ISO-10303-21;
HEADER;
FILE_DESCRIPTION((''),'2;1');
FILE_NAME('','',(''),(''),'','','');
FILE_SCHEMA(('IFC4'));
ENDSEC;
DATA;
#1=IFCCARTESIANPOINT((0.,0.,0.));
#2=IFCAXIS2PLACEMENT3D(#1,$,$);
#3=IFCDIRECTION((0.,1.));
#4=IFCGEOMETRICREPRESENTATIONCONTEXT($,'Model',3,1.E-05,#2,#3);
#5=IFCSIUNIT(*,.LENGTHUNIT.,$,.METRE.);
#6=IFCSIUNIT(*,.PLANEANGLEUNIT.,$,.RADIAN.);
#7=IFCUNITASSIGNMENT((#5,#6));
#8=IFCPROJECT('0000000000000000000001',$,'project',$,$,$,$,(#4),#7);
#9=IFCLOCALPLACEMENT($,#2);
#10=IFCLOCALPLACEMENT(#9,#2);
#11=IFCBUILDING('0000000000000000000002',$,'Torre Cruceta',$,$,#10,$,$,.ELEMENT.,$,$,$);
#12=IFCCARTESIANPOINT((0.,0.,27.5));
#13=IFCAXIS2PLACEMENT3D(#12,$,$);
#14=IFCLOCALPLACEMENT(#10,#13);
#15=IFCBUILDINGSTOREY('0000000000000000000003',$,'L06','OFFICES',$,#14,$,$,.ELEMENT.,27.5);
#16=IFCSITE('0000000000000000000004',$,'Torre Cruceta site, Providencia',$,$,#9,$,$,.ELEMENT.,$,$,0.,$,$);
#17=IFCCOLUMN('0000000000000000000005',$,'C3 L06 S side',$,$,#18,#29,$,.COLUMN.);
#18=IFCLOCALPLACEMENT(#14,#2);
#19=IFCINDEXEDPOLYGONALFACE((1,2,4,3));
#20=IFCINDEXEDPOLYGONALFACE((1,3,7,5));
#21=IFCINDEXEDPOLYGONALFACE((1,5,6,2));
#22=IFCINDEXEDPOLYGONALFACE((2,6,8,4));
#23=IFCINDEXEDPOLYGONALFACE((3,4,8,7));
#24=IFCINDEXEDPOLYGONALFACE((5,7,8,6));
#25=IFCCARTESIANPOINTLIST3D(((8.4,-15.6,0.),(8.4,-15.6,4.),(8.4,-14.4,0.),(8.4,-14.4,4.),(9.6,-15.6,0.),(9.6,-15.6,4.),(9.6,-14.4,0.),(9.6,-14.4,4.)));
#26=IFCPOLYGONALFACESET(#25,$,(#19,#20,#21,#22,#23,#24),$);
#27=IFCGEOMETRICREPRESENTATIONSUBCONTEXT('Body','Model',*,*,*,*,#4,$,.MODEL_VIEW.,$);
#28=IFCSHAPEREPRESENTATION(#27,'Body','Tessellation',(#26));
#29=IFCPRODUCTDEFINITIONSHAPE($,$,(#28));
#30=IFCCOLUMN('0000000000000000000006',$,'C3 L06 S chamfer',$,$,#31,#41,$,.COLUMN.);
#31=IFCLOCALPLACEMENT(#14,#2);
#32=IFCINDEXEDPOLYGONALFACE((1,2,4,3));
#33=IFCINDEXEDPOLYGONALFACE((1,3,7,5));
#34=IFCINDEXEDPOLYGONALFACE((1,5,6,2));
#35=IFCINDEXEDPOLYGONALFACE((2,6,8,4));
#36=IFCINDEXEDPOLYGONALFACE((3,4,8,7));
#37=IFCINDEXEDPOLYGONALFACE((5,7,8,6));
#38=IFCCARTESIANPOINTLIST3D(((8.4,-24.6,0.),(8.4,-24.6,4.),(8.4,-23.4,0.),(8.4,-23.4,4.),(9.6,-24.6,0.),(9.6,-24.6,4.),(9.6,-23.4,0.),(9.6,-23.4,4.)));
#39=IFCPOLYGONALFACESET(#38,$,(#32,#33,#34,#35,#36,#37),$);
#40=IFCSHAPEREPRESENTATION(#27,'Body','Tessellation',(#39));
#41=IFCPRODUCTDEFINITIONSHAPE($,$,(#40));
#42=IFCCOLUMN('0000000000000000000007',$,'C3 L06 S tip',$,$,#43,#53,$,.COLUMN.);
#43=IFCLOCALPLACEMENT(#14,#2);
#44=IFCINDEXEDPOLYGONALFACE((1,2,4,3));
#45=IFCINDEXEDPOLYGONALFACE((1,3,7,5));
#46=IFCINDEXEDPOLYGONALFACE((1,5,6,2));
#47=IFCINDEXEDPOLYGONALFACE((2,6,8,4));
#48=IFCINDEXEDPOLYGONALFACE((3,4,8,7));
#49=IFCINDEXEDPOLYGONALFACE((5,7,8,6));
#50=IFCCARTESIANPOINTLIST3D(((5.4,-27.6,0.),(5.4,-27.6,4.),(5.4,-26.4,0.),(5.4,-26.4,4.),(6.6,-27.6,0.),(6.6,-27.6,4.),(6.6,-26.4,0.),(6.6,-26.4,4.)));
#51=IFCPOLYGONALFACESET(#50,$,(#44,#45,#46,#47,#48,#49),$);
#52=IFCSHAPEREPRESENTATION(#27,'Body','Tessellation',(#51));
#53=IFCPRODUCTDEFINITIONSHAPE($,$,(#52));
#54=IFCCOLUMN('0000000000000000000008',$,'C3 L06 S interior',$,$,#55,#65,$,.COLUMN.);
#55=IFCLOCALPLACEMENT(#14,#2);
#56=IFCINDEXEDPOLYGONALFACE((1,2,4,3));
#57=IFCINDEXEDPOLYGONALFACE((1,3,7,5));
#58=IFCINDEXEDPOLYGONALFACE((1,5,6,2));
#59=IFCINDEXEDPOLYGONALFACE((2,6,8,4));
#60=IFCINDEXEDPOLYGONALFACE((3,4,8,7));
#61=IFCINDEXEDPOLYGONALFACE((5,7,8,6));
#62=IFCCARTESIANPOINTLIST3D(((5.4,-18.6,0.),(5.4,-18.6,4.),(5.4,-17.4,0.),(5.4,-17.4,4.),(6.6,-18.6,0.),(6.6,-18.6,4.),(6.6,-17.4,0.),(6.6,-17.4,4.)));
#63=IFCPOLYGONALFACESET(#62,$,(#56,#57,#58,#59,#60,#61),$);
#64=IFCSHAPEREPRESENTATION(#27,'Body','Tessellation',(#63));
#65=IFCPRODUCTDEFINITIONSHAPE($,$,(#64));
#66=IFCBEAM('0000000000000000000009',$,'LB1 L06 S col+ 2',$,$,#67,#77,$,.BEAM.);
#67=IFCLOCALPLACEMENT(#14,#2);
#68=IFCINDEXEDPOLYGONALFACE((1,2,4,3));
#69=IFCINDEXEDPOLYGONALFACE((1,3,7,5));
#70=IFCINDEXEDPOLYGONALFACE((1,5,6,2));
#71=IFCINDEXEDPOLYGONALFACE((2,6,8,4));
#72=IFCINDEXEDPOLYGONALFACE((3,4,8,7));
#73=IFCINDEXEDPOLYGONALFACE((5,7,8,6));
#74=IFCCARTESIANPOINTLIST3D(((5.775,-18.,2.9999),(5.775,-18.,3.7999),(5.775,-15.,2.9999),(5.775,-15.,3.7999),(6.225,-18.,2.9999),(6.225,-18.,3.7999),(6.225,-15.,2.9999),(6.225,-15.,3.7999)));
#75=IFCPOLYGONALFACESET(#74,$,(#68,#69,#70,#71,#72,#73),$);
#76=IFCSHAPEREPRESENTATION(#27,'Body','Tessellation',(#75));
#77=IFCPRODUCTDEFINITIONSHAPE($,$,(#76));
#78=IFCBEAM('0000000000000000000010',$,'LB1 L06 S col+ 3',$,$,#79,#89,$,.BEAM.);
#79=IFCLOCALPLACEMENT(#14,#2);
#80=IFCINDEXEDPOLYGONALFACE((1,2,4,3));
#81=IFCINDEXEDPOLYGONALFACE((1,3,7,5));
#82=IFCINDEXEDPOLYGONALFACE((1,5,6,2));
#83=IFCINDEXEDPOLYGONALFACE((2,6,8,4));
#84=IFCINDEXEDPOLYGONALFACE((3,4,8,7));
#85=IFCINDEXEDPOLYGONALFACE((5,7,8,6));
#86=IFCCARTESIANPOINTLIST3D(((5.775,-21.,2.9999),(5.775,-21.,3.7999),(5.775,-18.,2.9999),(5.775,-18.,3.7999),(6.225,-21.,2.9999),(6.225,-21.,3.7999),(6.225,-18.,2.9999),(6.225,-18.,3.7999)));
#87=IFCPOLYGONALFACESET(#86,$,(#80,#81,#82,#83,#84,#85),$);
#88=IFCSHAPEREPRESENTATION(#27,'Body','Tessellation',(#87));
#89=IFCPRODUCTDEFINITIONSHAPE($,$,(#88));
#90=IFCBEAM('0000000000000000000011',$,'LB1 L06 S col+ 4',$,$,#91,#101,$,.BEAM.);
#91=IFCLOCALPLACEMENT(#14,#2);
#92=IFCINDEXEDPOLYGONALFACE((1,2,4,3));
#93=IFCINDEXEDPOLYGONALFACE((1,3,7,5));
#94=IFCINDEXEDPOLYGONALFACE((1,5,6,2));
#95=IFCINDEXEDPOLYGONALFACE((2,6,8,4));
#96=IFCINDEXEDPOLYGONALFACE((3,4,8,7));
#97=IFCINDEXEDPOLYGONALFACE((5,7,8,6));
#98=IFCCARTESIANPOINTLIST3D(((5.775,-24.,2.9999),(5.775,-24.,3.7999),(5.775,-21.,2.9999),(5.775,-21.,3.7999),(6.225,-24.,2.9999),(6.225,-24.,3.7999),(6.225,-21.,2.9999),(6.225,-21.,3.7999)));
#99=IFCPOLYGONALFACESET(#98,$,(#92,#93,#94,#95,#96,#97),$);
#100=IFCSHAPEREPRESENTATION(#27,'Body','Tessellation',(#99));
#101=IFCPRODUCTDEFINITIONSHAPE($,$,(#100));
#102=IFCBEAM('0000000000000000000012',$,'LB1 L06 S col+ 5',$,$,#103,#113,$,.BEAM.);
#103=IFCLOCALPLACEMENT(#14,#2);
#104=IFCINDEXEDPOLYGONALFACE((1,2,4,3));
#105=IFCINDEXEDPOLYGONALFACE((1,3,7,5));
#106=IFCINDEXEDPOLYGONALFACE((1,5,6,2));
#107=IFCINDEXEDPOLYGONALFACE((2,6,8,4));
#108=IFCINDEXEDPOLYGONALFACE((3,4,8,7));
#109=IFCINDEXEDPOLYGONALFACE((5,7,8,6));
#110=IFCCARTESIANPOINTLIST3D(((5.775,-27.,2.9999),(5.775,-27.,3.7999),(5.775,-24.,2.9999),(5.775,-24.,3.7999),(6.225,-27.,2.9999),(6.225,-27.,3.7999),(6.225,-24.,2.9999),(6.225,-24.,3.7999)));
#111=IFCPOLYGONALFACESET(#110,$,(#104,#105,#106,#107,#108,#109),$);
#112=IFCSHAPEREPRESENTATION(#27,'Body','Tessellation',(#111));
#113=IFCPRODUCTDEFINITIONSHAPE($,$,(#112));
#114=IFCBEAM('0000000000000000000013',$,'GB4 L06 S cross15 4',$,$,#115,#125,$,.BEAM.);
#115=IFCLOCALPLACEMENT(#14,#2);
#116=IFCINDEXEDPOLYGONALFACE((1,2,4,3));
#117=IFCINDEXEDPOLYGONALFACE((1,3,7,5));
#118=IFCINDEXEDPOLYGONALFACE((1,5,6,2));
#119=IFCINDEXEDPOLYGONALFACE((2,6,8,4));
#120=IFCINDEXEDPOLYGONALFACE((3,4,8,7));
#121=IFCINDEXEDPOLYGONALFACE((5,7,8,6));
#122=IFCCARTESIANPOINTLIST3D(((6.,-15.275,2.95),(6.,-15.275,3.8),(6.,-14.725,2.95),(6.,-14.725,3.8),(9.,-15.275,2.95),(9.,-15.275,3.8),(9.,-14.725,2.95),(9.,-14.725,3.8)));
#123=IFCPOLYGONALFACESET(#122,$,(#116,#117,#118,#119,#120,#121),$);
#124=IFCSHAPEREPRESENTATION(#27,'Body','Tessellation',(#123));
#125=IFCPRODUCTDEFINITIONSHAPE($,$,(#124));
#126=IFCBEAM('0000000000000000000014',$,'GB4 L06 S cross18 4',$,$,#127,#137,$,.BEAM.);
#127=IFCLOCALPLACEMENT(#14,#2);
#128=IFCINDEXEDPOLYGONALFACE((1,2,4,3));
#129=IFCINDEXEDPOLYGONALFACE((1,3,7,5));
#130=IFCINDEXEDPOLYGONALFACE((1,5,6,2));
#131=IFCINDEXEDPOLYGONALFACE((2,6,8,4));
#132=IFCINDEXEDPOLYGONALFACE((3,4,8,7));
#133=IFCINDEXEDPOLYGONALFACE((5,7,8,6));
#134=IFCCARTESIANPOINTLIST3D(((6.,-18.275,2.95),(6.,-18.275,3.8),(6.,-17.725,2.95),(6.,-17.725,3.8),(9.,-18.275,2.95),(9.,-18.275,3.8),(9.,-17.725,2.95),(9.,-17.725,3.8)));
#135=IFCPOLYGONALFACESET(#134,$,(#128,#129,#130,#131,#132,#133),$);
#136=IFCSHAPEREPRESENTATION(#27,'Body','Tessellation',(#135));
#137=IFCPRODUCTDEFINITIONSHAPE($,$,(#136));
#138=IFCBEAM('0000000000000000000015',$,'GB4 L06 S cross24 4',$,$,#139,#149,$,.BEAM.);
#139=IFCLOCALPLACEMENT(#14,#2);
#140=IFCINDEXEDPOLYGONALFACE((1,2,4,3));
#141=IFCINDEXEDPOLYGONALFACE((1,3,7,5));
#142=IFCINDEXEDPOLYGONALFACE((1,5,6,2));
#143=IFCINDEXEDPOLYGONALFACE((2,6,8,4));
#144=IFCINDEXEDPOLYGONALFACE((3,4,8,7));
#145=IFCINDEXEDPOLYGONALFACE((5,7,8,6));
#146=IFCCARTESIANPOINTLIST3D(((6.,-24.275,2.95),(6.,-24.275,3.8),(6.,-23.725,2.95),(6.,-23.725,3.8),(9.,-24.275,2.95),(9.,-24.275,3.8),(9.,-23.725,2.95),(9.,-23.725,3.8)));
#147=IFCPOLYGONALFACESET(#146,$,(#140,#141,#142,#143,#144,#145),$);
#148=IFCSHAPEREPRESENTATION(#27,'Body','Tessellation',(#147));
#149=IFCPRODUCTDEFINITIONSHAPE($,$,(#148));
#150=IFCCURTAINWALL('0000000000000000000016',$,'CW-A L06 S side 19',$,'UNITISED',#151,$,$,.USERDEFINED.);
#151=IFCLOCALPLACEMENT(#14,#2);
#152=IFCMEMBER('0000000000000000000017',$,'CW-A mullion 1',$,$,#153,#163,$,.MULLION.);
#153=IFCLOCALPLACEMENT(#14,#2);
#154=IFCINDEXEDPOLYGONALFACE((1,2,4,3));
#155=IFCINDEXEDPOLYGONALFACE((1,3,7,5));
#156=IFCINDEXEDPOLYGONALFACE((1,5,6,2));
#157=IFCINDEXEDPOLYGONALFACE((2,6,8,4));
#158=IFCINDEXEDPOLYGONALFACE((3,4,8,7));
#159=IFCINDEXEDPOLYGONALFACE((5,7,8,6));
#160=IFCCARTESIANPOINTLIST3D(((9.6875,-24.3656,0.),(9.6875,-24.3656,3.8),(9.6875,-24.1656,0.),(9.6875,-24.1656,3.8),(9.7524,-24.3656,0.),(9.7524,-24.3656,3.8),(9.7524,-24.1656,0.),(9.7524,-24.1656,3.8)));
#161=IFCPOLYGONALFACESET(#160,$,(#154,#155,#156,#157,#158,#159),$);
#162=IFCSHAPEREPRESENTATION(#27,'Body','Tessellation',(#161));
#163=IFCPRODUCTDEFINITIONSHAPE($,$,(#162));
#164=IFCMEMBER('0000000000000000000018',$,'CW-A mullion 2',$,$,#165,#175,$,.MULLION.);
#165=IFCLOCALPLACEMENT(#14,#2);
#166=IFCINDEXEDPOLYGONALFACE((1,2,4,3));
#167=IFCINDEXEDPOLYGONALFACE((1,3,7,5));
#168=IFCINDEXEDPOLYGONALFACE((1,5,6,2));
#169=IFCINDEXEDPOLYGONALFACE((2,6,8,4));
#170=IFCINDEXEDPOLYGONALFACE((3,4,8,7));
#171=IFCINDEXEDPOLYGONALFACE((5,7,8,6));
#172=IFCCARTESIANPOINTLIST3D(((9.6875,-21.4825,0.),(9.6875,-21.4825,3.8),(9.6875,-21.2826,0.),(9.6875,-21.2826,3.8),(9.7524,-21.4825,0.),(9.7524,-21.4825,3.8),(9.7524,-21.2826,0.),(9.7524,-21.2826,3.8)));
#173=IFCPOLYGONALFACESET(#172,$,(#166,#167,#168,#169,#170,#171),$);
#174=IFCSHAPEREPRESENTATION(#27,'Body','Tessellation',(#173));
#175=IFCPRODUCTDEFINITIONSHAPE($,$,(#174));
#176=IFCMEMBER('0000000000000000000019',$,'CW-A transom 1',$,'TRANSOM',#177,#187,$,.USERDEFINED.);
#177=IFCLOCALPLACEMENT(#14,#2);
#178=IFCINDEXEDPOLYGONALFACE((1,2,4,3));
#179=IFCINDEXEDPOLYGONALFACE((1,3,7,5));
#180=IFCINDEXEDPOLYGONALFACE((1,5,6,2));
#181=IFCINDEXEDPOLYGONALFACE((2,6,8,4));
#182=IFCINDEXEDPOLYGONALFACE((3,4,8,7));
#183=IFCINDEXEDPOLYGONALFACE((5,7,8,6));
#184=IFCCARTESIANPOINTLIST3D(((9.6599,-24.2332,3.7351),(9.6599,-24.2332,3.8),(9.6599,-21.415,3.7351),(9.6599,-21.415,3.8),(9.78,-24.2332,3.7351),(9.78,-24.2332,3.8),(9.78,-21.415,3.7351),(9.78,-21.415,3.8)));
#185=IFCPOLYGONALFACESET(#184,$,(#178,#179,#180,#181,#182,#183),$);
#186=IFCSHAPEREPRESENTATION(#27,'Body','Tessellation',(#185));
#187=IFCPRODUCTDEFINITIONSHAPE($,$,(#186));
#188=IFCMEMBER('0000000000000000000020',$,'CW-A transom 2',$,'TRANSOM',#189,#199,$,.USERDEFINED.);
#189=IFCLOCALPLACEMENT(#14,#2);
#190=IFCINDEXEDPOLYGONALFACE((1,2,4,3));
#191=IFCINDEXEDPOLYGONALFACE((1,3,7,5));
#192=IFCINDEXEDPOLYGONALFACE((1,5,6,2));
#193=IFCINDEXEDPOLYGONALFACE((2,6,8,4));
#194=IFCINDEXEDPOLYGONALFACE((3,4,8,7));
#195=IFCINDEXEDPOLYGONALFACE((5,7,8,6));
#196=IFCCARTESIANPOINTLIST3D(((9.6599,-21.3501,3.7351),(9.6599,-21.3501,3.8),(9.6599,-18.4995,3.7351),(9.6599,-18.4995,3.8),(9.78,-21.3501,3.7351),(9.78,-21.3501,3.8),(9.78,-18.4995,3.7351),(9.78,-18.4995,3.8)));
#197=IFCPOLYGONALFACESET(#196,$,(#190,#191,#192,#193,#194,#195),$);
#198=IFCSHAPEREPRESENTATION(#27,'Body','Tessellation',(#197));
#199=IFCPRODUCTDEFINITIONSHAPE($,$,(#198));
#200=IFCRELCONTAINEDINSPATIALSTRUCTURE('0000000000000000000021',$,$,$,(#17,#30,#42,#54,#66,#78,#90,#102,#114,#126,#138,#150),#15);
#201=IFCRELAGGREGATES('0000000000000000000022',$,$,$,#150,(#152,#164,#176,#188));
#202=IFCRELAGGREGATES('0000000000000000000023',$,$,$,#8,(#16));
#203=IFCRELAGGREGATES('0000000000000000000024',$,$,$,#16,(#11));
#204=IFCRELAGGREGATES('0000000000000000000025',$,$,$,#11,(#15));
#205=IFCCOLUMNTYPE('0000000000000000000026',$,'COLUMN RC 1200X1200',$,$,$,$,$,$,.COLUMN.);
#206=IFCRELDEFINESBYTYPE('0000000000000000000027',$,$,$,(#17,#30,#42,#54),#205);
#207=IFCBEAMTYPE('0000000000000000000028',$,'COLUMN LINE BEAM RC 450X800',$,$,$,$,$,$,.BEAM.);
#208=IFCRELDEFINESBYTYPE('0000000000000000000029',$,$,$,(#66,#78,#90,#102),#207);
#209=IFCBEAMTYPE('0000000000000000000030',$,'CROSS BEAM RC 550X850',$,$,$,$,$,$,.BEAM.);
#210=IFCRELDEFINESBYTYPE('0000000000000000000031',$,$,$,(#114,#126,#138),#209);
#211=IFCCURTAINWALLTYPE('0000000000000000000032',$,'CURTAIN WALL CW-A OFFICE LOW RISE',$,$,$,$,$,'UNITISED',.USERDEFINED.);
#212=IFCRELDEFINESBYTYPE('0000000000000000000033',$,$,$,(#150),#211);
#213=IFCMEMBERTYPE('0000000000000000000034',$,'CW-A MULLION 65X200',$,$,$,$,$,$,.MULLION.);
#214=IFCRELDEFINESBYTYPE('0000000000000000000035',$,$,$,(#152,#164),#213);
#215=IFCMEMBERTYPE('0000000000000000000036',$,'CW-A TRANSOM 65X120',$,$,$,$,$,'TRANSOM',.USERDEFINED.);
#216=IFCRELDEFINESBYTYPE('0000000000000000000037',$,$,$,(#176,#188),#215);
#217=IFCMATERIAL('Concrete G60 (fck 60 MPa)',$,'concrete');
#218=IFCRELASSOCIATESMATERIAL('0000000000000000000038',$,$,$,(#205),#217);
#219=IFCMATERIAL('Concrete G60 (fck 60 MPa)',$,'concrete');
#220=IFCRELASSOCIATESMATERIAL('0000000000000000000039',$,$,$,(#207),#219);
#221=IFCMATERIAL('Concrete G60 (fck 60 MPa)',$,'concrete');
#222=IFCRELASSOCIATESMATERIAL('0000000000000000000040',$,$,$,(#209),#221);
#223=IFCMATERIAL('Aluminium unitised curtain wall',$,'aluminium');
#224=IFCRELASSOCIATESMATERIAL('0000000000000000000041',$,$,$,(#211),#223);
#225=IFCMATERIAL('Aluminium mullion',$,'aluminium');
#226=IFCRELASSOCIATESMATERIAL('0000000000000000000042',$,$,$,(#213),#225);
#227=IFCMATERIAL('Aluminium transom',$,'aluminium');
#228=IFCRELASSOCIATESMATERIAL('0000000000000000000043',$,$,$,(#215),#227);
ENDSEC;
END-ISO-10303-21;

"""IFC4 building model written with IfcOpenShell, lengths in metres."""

from ifc_helpers import new_model, si_unit, direction, frame, origin, origin_2d, place, context, subcontext, project, spatial, rectangle, extrude, material, material_profile, profile_set, type_object, element, aggregate, save


model = new_model("IFC4")

# Units and contexts
model_context = context("Model", 3, precision=1e-05, world=origin(), true_north=direction((0.0, 1.0)))
body_context = subcontext(model_context, "Body", "Model", "MODEL_VIEW")
ifc_project = project(units=[si_unit("LENGTHUNIT", "METRE"), si_unit("PLANEANGLEUNIT", "RADIAN")], contexts=[model_context])

# Site, building, storey
site_placement = place(None, origin())
site = spatial("IfcSite", under=ifc_project, at=site_placement, Name="Torre Cruceta site, Providencia", CompositionType="ELEMENT", RefElevation=0.0)
building_placement = place(site_placement, origin())
building = spatial("IfcBuilding", under=site, at=building_placement, Name="Torre Cruceta", CompositionType="ELEMENT")
storey_placement = place(building_placement, frame((0.0, 0.0, 27.5)))
storey = spatial("IfcBuildingStorey", under=building, at=storey_placement, Name="L06", Description="OFFICES", CompositionType="ELEMENT", Elevation=27.5)

# Columns
ifc_material_1 = material(Name="Concrete G60 (fck 60 MPa)", Category="concrete")
ifc_material_profile_1 = material_profile(ifc_material_1, rectangle(XDim=1.2, YDim=1.2, at=origin_2d()), Name="RC 1200X1200")
ifc_profile_set_1 = profile_set([ifc_material_profile_1], Name="Concrete G60 (fck 60 MPa)")
column_type = type_object("IfcColumnType", Name="COLUMN RC 1200X1200", PredefinedType="COLUMN", material=ifc_profile_set_1)
for number, where, z_axis, x_axis, name in (
    (1, (9.0, -15.0, 0.0), (0.0, 0.0, 1.0), (1.0, 0.0, 0.0), "C3 L06 S side"),
    (2, (9.0, -24.0, 0.0), (0.0, 0.0, 1.0), (1.0, 0.0, 0.0), "C3 L06 S chamfer"),
    (3, (6.0, -27.0, 0.0), (0.0, 0.0, 1.0), (1.0, 0.0, 0.0), "C3 L06 S tip"),
    (4, (6.0, -18.0, 0.0), (0.0, 0.0, 1.0), (1.0, 0.0, 0.0), "C3 L06 S interior"),
):
    element("IfcColumn", number, at=place(storey_placement, frame(where, z_axis=z_axis, x_axis=x_axis)), inside=storey, type_object=column_type, Name=name, PredefinedType="COLUMN", context=body_context, shape_type="SweptSolid", body=[
        extrude(rectangle(XDim=1.2, YDim=1.2, at=origin_2d()), origin(), (0.0, 0.0, 1.0), 4.0),
    ])

# Beams
ifc_material_2 = material(Name="Concrete G60 (fck 60 MPa)", Category="concrete")
ifc_material_profile_2 = material_profile(ifc_material_2, rectangle(XDim=0.45, YDim=0.8, at=origin_2d()), Name="RC 450X800")
ifc_profile_set_2 = profile_set([ifc_material_profile_2], Name="Concrete G60 (fck 60 MPa)")
beam_type_1 = type_object("IfcBeamType", Name="COLUMN LINE BEAM RC 450X800", PredefinedType="BEAM", material=ifc_profile_set_2)
for number, where, z_axis, x_axis, name in (
    (5, (6.0, -15.0, 3.3999), (0.0, -1.0, 0.0), (1.0, 0.0, 0.0), "LB1 L06 S col+ 2"),
    (6, (6.0, -18.0, 3.3999), (0.0, -1.0, 0.0), (1.0, 0.0, 0.0), "LB1 L06 S col+ 3"),
    (7, (6.0, -21.0, 3.3999), (0.0, -1.0, 0.0), (1.0, 0.0, 0.0), "LB1 L06 S col+ 4"),
    (8, (6.0, -24.0, 3.3999), (0.0, -1.0, 0.0), (1.0, 0.0, 0.0), "LB1 L06 S col+ 5"),
):
    element("IfcBeam", number, at=place(storey_placement, frame(where, z_axis=z_axis, x_axis=x_axis)), inside=storey, type_object=beam_type_1, Name=name, PredefinedType="BEAM", context=body_context, shape_type="SweptSolid", body=[
        extrude(rectangle(XDim=0.45, YDim=0.8, at=origin_2d()), origin(), (0.0, 0.0, 1.0), 3.0),
    ])
ifc_material_3 = material(Name="Concrete G60 (fck 60 MPa)", Category="concrete")
ifc_material_profile_3 = material_profile(ifc_material_3, rectangle(XDim=0.55, YDim=0.8501, at=origin_2d()), Name="RC 550X850")
ifc_profile_set_3 = profile_set([ifc_material_profile_3], Name="Concrete G60 (fck 60 MPa)")
beam_type_2 = type_object("IfcBeamType", Name="CROSS BEAM RC 550X850", PredefinedType="BEAM", material=ifc_profile_set_3)
for number, where, z_axis, x_axis, name in (
    (9, (6.0, -15.0, 3.375), (1.0, 0.0, 0.0), (0.0, 1.0, 0.0), "GB4 L06 S cross15 4"),
    (10, (6.0, -18.0, 3.375), (1.0, 0.0, 0.0), (0.0, 1.0, 0.0), "GB4 L06 S cross18 4"),
    (11, (6.0, -24.0, 3.375), (1.0, 0.0, 0.0), (0.0, 1.0, 0.0), "GB4 L06 S cross24 4"),
):
    element("IfcBeam", number, at=place(storey_placement, frame(where, z_axis=z_axis, x_axis=x_axis)), inside=storey, type_object=beam_type_2, Name=name, PredefinedType="BEAM", context=body_context, shape_type="SweptSolid", body=[
        extrude(rectangle(XDim=0.55, YDim=0.8501, at=origin_2d()), origin(), (0.0, 0.0, 1.0), 3.0),
    ])

# Curtain wall, members
ifc_material_4 = material(Name="Aluminium unitised curtain wall", Category="aluminium")
curtain_wall_type = type_object("IfcCurtainWallType", Name="CURTAIN WALL CW-A OFFICE LOW RISE", ElementType="UNITISED", PredefinedType="USERDEFINED", material=ifc_material_4)
curtain_wall_placement = place(storey_placement, origin())
curtain_wall = element("IfcCurtainWall", 12, at=curtain_wall_placement, inside=storey, type_object=curtain_wall_type, Name="CW-A L06 S side 19", ObjectType="UNITISED", PredefinedType="USERDEFINED")
ifc_material_5 = material(Name="Aluminium mullion", Category="aluminium")
ifc_material_profile_4 = material_profile(ifc_material_5, rectangle(XDim=0.0649, YDim=0.2, at=origin_2d()), Name="AL 65X200")
ifc_profile_set_4 = profile_set([ifc_material_profile_4], Name="Aluminium mullion")
member_type_1 = type_object("IfcMemberType", Name="CW-A MULLION 65X200", PredefinedType="MULLION", material=ifc_profile_set_4)
member_1_placement = place(storey_placement, frame((9.72, -24.2656, 0.0), z_axis=(0.0, 0.0, 1.0), x_axis=(-1.0, 0.0, 0.0)))
member_1 = element("IfcMember", 13, at=member_1_placement, type_object=member_type_1, Name="CW-A mullion 1", PredefinedType="MULLION", context=body_context, shape_type="SweptSolid", body=[
    extrude(rectangle(XDim=0.0649, YDim=0.2, at=origin_2d()), origin(), (0.0, 0.0, 1.0), 3.8),
])
member_2_placement = place(storey_placement, frame((9.72, -21.3826, 0.0), z_axis=(0.0, 0.0, 1.0), x_axis=(-1.0, 0.0, 0.0)))
member_2 = element("IfcMember", 14, at=member_2_placement, type_object=member_type_1, Name="CW-A mullion 2", PredefinedType="MULLION", context=body_context, shape_type="SweptSolid", body=[
    extrude(rectangle(XDim=0.0649, YDim=0.2, at=origin_2d()), origin(), (0.0, 0.0, 1.0), 3.8),
])
ifc_material_6 = material(Name="Aluminium transom", Category="aluminium")
ifc_material_profile_5 = material_profile(ifc_material_6, rectangle(XDim=0.1201, YDim=0.0649, at=origin_2d()), Name="AL 120X65")
ifc_profile_set_5 = profile_set([ifc_material_profile_5], Name="Aluminium transom")
member_type_2 = type_object("IfcMemberType", Name="CW-A TRANSOM 65X120", ElementType="TRANSOM", PredefinedType="USERDEFINED", material=ifc_profile_set_5)
member_3_placement = place(storey_placement, frame((9.72, -24.2332, 3.7676), z_axis=(0.0, 1.0, 0.0), x_axis=(-1.0, 0.0, 0.0)))
member_3 = element("IfcMember", 15, at=member_3_placement, type_object=member_type_2, Name="CW-A transom 1", ObjectType="TRANSOM", PredefinedType="USERDEFINED", context=body_context, shape_type="SweptSolid", body=[
    extrude(rectangle(XDim=0.1201, YDim=0.0649, at=origin_2d()), origin(), (0.0, 0.0, 1.0), 2.8181),
])
member_4_placement = place(storey_placement, frame((9.72, -21.3501, 3.7676), z_axis=(0.0, 1.0, 0.0), x_axis=(-1.0, 0.0, 0.0)))
member_4 = element("IfcMember", 16, at=member_4_placement, type_object=member_type_2, Name="CW-A transom 2", ObjectType="TRANSOM", PredefinedType="USERDEFINED", context=body_context, shape_type="SweptSolid", body=[
    extrude(rectangle(XDim=0.1201, YDim=0.0649, at=origin_2d()), origin(), (0.0, 0.0, 1.0), 2.8506),
])

aggregate(curtain_wall, [member_1, member_2, member_3, member_4])

save(model, "model.ifc")
